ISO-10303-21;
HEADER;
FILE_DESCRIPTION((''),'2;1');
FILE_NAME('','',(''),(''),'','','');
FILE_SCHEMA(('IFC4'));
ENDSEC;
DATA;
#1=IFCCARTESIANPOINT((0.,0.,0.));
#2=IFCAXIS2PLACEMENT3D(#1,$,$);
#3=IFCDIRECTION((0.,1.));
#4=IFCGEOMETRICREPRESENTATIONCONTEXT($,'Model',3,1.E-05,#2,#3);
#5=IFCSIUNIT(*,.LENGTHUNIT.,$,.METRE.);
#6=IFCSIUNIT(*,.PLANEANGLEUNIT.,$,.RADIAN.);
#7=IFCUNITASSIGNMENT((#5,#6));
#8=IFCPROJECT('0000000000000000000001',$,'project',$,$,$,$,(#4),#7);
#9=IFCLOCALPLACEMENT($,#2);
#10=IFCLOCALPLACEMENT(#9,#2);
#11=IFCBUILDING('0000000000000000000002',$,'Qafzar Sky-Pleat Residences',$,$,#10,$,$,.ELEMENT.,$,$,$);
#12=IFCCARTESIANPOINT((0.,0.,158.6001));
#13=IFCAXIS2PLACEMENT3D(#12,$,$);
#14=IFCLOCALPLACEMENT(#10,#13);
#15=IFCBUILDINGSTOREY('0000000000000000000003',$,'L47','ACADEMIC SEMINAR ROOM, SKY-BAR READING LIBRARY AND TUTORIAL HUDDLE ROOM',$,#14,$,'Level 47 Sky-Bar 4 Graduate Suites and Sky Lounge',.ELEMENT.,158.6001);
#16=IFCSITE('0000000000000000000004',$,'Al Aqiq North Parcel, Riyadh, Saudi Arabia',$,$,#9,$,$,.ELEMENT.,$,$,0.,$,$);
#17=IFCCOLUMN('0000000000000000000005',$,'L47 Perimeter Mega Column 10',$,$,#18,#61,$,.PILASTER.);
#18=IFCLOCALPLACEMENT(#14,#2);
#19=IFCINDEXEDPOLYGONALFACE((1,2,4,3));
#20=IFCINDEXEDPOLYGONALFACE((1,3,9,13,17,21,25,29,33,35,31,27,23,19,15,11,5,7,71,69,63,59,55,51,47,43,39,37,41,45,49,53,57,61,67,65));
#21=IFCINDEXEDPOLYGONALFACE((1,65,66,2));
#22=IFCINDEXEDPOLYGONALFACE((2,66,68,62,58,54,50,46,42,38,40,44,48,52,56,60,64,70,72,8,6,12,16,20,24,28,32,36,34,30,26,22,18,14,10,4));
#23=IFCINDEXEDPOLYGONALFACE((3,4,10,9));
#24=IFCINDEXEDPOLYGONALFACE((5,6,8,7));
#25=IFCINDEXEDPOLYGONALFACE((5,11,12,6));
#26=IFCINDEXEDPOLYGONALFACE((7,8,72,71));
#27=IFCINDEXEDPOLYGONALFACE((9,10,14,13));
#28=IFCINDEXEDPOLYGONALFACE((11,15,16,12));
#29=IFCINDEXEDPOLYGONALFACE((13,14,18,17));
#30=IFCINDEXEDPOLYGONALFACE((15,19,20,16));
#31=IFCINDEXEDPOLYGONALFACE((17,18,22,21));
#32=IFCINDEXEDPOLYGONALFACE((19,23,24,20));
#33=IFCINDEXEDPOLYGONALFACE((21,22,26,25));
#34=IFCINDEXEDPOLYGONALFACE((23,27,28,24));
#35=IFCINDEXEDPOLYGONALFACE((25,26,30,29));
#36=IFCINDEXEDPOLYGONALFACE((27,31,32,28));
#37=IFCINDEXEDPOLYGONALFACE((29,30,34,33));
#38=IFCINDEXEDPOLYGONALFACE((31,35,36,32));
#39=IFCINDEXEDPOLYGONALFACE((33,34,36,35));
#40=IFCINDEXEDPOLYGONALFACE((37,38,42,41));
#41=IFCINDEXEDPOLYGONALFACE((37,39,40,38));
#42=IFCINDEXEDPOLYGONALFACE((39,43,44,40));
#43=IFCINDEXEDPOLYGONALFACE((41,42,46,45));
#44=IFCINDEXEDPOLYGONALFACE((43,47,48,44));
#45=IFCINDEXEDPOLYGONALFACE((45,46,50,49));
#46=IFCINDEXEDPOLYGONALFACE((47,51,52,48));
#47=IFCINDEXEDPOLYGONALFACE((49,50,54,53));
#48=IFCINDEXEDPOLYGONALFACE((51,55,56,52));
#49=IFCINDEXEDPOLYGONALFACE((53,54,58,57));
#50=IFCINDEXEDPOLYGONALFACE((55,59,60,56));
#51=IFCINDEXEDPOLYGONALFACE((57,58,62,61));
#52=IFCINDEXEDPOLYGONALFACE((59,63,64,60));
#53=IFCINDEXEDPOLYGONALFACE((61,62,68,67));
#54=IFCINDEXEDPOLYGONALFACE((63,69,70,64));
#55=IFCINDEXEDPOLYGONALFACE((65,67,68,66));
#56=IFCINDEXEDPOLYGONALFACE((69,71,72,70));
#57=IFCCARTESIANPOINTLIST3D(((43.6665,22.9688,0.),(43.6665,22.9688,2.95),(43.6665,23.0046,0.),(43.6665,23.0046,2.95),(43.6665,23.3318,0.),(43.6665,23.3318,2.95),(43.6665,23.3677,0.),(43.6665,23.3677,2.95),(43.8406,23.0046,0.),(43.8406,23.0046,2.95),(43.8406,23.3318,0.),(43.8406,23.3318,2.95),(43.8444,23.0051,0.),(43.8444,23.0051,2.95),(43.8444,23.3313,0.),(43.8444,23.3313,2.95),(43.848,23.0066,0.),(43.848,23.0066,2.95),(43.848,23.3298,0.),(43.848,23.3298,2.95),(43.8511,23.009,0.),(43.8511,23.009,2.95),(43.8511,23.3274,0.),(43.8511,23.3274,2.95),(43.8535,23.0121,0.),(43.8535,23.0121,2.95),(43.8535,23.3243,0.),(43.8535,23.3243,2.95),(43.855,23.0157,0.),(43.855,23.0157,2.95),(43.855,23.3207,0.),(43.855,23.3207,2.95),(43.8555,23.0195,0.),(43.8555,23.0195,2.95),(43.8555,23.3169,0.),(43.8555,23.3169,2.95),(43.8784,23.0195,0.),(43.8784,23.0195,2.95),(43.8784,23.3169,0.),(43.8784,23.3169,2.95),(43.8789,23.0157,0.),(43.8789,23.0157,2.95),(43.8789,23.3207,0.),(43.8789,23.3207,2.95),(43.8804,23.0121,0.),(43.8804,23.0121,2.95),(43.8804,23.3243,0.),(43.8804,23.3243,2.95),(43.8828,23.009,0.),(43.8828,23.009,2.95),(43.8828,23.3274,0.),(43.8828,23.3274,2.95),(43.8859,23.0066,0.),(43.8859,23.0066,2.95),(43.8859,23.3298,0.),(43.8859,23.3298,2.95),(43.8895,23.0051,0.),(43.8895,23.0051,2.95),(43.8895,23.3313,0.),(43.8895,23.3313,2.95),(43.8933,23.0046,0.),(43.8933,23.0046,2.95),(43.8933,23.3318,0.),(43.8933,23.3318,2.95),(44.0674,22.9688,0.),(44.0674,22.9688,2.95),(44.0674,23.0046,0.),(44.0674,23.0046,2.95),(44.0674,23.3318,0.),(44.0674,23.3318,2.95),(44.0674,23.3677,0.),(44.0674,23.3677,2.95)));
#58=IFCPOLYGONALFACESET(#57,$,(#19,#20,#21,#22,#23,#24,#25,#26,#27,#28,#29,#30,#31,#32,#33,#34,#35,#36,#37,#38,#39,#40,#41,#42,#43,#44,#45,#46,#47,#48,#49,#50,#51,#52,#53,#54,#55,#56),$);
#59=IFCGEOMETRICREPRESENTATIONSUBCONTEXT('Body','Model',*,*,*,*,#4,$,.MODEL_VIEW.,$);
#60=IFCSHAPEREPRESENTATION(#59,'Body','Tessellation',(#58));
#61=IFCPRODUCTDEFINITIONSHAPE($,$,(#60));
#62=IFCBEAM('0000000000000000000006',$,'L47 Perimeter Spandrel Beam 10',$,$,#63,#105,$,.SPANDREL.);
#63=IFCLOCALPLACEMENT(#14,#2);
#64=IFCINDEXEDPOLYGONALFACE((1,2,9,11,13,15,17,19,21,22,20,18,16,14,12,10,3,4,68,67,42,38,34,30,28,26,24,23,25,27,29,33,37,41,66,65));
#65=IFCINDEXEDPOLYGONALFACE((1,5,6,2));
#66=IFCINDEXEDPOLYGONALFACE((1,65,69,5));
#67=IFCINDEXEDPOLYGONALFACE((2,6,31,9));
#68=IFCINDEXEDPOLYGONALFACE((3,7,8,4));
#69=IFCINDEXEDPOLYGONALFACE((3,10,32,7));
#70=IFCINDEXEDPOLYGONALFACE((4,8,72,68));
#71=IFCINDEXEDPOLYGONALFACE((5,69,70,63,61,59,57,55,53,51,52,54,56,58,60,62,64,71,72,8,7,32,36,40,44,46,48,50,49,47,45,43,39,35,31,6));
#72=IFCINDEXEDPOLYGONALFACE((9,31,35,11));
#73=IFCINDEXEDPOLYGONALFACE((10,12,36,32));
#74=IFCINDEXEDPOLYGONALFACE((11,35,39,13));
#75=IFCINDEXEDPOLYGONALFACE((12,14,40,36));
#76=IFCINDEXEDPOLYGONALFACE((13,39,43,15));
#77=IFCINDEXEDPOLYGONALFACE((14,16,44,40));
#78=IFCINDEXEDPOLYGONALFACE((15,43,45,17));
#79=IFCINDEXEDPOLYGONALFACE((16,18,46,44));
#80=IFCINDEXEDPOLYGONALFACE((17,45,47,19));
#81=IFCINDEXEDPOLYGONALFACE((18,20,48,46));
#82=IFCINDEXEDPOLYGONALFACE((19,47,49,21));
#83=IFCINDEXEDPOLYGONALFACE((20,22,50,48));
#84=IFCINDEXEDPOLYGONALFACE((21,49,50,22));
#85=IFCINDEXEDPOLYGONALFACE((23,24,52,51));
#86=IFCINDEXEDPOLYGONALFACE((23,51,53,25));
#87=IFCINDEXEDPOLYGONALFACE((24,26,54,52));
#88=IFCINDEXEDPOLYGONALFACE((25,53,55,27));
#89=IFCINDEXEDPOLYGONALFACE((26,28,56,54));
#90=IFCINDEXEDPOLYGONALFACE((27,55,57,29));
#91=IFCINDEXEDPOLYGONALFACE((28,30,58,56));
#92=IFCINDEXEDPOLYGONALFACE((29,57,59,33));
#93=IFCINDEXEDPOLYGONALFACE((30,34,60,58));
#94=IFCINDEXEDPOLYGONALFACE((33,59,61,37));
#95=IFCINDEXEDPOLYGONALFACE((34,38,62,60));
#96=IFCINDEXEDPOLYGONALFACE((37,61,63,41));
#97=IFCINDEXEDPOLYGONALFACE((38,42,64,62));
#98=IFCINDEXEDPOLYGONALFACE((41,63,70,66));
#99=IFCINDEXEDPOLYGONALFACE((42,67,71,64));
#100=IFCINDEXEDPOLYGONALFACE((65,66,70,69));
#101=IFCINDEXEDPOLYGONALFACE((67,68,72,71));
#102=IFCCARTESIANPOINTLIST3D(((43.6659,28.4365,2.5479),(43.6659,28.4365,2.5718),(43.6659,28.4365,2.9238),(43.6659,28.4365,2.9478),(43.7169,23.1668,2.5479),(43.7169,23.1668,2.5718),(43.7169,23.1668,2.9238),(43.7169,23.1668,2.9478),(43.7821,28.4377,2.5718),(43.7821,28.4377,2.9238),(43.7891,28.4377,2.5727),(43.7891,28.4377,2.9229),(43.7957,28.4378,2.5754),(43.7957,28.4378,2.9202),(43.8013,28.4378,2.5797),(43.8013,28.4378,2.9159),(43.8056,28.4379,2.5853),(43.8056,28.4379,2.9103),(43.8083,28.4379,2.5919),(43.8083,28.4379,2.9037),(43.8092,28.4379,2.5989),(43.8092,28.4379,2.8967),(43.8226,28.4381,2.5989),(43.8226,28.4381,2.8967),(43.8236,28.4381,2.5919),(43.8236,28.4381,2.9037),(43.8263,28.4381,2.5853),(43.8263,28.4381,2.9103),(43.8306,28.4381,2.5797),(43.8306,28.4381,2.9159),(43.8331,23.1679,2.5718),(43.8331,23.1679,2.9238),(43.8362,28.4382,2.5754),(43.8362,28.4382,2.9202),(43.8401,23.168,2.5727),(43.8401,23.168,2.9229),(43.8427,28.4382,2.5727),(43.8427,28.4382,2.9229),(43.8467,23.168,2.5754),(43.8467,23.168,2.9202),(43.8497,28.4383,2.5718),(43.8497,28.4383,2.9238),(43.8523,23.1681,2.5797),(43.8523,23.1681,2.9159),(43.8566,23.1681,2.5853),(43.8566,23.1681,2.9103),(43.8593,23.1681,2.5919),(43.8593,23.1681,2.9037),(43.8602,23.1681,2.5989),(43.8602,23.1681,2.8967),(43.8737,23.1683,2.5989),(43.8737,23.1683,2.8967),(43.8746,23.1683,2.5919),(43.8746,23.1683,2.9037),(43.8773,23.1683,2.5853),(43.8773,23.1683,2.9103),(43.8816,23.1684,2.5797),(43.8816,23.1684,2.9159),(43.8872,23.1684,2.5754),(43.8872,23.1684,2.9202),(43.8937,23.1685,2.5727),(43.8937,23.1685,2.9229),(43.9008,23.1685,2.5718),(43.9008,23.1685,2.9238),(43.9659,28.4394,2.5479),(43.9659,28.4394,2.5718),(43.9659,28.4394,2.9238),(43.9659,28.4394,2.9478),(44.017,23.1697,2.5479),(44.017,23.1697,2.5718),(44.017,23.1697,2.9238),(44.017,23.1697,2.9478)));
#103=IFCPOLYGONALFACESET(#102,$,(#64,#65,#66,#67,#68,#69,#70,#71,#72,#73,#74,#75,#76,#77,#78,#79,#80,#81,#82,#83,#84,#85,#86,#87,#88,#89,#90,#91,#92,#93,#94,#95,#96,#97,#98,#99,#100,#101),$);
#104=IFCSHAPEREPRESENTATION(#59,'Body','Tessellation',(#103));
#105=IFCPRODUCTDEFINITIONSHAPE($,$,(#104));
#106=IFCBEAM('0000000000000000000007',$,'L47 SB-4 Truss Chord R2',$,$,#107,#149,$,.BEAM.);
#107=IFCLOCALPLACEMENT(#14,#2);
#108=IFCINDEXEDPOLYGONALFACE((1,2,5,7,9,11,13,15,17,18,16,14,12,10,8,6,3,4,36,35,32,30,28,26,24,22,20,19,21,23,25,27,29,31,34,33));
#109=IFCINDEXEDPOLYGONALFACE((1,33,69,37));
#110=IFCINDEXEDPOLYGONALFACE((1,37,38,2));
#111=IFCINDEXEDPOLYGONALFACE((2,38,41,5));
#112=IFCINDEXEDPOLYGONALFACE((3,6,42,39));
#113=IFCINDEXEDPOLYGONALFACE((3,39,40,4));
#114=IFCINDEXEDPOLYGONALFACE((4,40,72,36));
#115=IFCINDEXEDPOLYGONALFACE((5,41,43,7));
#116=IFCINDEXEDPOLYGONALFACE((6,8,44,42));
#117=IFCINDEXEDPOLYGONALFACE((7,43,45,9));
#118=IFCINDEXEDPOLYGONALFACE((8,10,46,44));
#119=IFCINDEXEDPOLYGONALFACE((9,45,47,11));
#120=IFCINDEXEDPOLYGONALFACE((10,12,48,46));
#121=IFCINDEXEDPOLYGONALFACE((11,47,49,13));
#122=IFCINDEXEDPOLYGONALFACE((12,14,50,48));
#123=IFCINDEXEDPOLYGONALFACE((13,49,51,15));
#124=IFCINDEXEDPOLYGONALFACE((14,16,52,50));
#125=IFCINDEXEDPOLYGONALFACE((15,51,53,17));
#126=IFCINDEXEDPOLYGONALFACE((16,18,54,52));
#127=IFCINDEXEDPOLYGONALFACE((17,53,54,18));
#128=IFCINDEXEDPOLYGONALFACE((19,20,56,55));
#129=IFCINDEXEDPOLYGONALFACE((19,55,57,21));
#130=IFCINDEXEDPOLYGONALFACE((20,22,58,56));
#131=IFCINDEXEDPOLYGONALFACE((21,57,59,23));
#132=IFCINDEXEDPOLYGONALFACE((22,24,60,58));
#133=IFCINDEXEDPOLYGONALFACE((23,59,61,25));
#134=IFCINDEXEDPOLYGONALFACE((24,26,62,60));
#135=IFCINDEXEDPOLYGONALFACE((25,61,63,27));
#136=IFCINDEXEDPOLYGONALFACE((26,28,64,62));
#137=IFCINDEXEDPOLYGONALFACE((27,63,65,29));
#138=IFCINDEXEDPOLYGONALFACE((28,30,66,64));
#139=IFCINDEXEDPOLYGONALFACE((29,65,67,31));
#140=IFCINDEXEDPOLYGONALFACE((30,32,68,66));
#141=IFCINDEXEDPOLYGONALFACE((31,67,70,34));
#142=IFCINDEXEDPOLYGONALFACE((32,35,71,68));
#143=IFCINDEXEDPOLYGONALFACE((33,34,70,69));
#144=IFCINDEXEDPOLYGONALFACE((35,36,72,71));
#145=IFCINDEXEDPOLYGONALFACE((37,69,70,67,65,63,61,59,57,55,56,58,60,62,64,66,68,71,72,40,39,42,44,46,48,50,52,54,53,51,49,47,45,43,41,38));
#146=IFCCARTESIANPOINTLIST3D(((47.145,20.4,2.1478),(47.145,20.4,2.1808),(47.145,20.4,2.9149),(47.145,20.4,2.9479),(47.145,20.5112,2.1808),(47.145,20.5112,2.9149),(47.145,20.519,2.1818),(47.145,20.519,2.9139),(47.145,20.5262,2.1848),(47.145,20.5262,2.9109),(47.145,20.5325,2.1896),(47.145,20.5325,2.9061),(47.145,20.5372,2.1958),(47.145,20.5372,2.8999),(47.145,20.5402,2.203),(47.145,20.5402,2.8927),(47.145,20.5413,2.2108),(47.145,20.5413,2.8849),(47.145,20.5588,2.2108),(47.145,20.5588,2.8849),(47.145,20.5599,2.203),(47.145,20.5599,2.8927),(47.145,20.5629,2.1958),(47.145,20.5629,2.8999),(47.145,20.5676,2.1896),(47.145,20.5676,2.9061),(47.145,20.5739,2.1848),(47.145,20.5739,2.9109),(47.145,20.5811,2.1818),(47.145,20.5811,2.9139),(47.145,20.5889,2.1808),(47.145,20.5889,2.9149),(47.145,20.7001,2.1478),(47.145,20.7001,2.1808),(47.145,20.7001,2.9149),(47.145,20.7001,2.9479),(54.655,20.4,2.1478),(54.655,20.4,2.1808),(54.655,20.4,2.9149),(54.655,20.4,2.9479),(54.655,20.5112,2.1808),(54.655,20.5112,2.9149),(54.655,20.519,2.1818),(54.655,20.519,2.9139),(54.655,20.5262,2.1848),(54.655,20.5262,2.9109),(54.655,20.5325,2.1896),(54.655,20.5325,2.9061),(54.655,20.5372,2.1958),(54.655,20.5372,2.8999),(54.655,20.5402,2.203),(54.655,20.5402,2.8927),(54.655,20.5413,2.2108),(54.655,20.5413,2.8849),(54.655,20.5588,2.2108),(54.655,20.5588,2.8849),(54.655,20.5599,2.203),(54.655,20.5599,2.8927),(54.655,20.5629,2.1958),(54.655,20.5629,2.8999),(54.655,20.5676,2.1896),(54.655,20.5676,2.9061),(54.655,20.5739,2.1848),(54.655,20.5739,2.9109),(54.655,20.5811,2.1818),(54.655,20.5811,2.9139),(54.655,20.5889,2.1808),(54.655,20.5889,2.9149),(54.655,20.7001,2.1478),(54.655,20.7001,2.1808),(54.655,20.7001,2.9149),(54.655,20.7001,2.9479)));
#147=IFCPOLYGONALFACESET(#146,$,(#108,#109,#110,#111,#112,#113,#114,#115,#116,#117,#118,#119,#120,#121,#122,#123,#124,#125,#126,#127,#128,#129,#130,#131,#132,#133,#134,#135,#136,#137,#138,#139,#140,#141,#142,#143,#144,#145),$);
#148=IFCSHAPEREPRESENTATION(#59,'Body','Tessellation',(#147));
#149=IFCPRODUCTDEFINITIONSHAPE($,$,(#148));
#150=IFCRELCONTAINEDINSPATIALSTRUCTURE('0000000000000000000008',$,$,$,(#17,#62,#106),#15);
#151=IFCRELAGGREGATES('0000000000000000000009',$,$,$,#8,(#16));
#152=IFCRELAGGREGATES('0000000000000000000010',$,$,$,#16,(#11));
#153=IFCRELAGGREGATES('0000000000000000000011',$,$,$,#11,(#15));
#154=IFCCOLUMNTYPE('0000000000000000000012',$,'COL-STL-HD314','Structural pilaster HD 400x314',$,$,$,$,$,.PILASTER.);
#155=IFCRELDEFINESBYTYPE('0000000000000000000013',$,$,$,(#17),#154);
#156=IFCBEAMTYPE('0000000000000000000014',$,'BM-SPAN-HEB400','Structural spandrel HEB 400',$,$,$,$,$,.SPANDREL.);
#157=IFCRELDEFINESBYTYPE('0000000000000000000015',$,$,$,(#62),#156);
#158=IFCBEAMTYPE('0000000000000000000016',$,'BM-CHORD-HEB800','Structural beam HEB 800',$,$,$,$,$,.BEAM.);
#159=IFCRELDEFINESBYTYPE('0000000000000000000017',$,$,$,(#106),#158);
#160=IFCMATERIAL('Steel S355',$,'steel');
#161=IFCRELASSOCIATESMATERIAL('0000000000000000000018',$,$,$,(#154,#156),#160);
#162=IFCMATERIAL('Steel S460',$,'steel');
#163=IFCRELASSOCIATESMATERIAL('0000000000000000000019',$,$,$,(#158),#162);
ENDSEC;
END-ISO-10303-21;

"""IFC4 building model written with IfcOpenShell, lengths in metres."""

from ifc_helpers import new_model, si_unit, direction, frame, origin, origin_2d, place, context, subcontext, project, spatial, i_section, extrude, source, transform, mapped, material, material_profile, profile_set, type_object, element, save


model = new_model("IFC4")

# Units and contexts
model_context = context("Model", 3, precision=1e-05, world=origin(), true_north=direction((0.0, 1.0)))
body_context = subcontext(model_context, "Body", "Model", "MODEL_VIEW")
ifc_project = project(units=[si_unit("LENGTHUNIT", "METRE"), si_unit("PLANEANGLEUNIT", "RADIAN")], contexts=[model_context])

# Site, building, storey
site_placement = place(None, origin())
site = spatial("IfcSite", under=ifc_project, at=site_placement, Name="Al Aqiq North Parcel, Riyadh, Saudi Arabia", CompositionType="ELEMENT", RefElevation=0.0)
building_placement = place(site_placement, origin())
building = spatial("IfcBuilding", under=site, at=building_placement, Name="Qafzar Sky-Pleat Residences", CompositionType="ELEMENT")
storey_placement = place(building_placement, frame((0.0, 0.0, 158.6001)))
storey = spatial("IfcBuildingStorey", under=building, at=storey_placement, Name="L47", Description="ACADEMIC SEMINAR ROOM, SKY-BAR READING LIBRARY AND TUTORIAL HUDDLE ROOM", LongName="Level 47 Sky-Bar 4 Graduate Suites and Sky Lounge", CompositionType="ELEMENT", Elevation=158.6001)

# Column
ifc_material_1 = material(Name="Steel S355", Category="steel")
ifc_material_profile_1 = material_profile(ifc_material_1, i_section(OverallWidth=0.4009, OverallDepth=0.3989, WebThickness=0.0229, FlangeThickness=0.0359, FilletRadius=0.0149, at=origin_2d()), Name="HD 400x314")
ifc_profile_set_1 = profile_set([ifc_material_profile_1], Name="Steel S355")
column_type = type_object("IfcColumnType", Name="COL-STL-HD314", Description="Structural pilaster HD 400x314", PredefinedType="PILASTER", material=ifc_profile_set_1)
shared_shape_1 = source(origin(), body_context, "Body", "SweptSolid", [
    extrude(i_section(OverallWidth=0.4009, OverallDepth=0.3989, WebThickness=0.0229, FlangeThickness=0.0359, FilletRadius=0.0149, at=origin_2d()), origin(), (0.0, 0.0, 1.0), 2.95),
])
column_placement = place(storey_placement, frame((43.8669, 23.1682, 0.0), z_axis=(0.0, 0.0, 1.0), x_axis=(1.0, 0.0, 0.0)))
element("IfcColumn", 1, at=column_placement, inside=storey, type_object=column_type, Name="L47 Perimeter Mega Column 10", PredefinedType="PILASTER", context=body_context, shape_type="MappedRepresentation", body=[
    mapped(shared_shape_1, transform((0.0, 0.0, 0.0), x_axis=(1.0, 0.0, 0.0), y_axis=(0.0, 1.0, 0.0), z_axis=(0.0, 0.0, 1.0), scale=1.0)),
])

# Beams
ifc_material_profile_2 = material_profile(ifc_material_1, i_section(OverallWidth=0.3, OverallDepth=0.3999, WebThickness=0.0134, FlangeThickness=0.0239, FilletRadius=0.0271, at=origin_2d()), Name="HEB 400")
ifc_profile_set_2 = profile_set([ifc_material_profile_2], Name="Steel S355")
beam_type_1 = type_object("IfcBeamType", Name="BM-SPAN-HEB400", Description="Structural spandrel HEB 400", PredefinedType="SPANDREL", material=ifc_profile_set_2)
shared_shape_2 = source(origin(), body_context, "Body", "SweptSolid", [
    extrude(i_section(OverallWidth=0.3, OverallDepth=0.3999, WebThickness=0.0134, FlangeThickness=0.0239, FilletRadius=0.0271, at=origin_2d()), origin(), (0.0, 0.0, 1.0), 5.27),
])
beam_1_placement = place(storey_placement, frame((43.8669, 23.1682, 2.7478), z_axis=(-0.009682, 0.999953, 0.0), x_axis=(-0.999953, -0.009682, 0.0)))
element("IfcBeam", 2, at=beam_1_placement, inside=storey, type_object=beam_type_1, Name="L47 Perimeter Spandrel Beam 10", PredefinedType="SPANDREL", context=body_context, shape_type="MappedRepresentation", body=[
    mapped(shared_shape_2, transform((0.0, 0.0, 0.0), x_axis=(1.0, 0.0, 0.0), y_axis=(0.0, 1.0, 0.0), z_axis=(0.0, 0.0, 1.0), scale=1.0)),
])
ifc_material_2 = material(Name="Steel S460", Category="steel")
ifc_material_profile_3 = material_profile(ifc_material_2, i_section(OverallWidth=0.3, OverallDepth=0.8, WebThickness=0.0176, FlangeThickness=0.033, FilletRadius=0.03, at=origin_2d()), Name="HEB 800")
ifc_profile_set_3 = profile_set([ifc_material_profile_3], Name="Steel S460")
beam_type_2 = type_object("IfcBeamType", Name="BM-CHORD-HEB800", Description="Structural beam HEB 800", PredefinedType="BEAM", material=ifc_profile_set_3)
shared_shape_3 = source(origin(), body_context, "Body", "SweptSolid", [
    extrude(i_section(OverallWidth=0.3, OverallDepth=0.8, WebThickness=0.0176, FlangeThickness=0.033, FilletRadius=0.03, at=origin_2d()), origin(), (0.0, 0.0, 1.0), 7.51),
])
beam_2_placement = place(storey_placement, frame((47.145, 20.55, 2.5479), z_axis=(1.0, 0.0, 0.0), x_axis=(0.0, 1.0, 0.0)))
element("IfcBeam", 3, at=beam_2_placement, inside=storey, type_object=beam_type_2, Name="L47 SB-4 Truss Chord R2", PredefinedType="BEAM", context=body_context, shape_type="MappedRepresentation", body=[
    mapped(shared_shape_3, transform((0.0, 0.0, 0.0), x_axis=(1.0, 0.0, 0.0), y_axis=(0.0, 1.0, 0.0), z_axis=(0.0, 0.0, 1.0), scale=1.0)),
])

save(model, "model.ifc")
